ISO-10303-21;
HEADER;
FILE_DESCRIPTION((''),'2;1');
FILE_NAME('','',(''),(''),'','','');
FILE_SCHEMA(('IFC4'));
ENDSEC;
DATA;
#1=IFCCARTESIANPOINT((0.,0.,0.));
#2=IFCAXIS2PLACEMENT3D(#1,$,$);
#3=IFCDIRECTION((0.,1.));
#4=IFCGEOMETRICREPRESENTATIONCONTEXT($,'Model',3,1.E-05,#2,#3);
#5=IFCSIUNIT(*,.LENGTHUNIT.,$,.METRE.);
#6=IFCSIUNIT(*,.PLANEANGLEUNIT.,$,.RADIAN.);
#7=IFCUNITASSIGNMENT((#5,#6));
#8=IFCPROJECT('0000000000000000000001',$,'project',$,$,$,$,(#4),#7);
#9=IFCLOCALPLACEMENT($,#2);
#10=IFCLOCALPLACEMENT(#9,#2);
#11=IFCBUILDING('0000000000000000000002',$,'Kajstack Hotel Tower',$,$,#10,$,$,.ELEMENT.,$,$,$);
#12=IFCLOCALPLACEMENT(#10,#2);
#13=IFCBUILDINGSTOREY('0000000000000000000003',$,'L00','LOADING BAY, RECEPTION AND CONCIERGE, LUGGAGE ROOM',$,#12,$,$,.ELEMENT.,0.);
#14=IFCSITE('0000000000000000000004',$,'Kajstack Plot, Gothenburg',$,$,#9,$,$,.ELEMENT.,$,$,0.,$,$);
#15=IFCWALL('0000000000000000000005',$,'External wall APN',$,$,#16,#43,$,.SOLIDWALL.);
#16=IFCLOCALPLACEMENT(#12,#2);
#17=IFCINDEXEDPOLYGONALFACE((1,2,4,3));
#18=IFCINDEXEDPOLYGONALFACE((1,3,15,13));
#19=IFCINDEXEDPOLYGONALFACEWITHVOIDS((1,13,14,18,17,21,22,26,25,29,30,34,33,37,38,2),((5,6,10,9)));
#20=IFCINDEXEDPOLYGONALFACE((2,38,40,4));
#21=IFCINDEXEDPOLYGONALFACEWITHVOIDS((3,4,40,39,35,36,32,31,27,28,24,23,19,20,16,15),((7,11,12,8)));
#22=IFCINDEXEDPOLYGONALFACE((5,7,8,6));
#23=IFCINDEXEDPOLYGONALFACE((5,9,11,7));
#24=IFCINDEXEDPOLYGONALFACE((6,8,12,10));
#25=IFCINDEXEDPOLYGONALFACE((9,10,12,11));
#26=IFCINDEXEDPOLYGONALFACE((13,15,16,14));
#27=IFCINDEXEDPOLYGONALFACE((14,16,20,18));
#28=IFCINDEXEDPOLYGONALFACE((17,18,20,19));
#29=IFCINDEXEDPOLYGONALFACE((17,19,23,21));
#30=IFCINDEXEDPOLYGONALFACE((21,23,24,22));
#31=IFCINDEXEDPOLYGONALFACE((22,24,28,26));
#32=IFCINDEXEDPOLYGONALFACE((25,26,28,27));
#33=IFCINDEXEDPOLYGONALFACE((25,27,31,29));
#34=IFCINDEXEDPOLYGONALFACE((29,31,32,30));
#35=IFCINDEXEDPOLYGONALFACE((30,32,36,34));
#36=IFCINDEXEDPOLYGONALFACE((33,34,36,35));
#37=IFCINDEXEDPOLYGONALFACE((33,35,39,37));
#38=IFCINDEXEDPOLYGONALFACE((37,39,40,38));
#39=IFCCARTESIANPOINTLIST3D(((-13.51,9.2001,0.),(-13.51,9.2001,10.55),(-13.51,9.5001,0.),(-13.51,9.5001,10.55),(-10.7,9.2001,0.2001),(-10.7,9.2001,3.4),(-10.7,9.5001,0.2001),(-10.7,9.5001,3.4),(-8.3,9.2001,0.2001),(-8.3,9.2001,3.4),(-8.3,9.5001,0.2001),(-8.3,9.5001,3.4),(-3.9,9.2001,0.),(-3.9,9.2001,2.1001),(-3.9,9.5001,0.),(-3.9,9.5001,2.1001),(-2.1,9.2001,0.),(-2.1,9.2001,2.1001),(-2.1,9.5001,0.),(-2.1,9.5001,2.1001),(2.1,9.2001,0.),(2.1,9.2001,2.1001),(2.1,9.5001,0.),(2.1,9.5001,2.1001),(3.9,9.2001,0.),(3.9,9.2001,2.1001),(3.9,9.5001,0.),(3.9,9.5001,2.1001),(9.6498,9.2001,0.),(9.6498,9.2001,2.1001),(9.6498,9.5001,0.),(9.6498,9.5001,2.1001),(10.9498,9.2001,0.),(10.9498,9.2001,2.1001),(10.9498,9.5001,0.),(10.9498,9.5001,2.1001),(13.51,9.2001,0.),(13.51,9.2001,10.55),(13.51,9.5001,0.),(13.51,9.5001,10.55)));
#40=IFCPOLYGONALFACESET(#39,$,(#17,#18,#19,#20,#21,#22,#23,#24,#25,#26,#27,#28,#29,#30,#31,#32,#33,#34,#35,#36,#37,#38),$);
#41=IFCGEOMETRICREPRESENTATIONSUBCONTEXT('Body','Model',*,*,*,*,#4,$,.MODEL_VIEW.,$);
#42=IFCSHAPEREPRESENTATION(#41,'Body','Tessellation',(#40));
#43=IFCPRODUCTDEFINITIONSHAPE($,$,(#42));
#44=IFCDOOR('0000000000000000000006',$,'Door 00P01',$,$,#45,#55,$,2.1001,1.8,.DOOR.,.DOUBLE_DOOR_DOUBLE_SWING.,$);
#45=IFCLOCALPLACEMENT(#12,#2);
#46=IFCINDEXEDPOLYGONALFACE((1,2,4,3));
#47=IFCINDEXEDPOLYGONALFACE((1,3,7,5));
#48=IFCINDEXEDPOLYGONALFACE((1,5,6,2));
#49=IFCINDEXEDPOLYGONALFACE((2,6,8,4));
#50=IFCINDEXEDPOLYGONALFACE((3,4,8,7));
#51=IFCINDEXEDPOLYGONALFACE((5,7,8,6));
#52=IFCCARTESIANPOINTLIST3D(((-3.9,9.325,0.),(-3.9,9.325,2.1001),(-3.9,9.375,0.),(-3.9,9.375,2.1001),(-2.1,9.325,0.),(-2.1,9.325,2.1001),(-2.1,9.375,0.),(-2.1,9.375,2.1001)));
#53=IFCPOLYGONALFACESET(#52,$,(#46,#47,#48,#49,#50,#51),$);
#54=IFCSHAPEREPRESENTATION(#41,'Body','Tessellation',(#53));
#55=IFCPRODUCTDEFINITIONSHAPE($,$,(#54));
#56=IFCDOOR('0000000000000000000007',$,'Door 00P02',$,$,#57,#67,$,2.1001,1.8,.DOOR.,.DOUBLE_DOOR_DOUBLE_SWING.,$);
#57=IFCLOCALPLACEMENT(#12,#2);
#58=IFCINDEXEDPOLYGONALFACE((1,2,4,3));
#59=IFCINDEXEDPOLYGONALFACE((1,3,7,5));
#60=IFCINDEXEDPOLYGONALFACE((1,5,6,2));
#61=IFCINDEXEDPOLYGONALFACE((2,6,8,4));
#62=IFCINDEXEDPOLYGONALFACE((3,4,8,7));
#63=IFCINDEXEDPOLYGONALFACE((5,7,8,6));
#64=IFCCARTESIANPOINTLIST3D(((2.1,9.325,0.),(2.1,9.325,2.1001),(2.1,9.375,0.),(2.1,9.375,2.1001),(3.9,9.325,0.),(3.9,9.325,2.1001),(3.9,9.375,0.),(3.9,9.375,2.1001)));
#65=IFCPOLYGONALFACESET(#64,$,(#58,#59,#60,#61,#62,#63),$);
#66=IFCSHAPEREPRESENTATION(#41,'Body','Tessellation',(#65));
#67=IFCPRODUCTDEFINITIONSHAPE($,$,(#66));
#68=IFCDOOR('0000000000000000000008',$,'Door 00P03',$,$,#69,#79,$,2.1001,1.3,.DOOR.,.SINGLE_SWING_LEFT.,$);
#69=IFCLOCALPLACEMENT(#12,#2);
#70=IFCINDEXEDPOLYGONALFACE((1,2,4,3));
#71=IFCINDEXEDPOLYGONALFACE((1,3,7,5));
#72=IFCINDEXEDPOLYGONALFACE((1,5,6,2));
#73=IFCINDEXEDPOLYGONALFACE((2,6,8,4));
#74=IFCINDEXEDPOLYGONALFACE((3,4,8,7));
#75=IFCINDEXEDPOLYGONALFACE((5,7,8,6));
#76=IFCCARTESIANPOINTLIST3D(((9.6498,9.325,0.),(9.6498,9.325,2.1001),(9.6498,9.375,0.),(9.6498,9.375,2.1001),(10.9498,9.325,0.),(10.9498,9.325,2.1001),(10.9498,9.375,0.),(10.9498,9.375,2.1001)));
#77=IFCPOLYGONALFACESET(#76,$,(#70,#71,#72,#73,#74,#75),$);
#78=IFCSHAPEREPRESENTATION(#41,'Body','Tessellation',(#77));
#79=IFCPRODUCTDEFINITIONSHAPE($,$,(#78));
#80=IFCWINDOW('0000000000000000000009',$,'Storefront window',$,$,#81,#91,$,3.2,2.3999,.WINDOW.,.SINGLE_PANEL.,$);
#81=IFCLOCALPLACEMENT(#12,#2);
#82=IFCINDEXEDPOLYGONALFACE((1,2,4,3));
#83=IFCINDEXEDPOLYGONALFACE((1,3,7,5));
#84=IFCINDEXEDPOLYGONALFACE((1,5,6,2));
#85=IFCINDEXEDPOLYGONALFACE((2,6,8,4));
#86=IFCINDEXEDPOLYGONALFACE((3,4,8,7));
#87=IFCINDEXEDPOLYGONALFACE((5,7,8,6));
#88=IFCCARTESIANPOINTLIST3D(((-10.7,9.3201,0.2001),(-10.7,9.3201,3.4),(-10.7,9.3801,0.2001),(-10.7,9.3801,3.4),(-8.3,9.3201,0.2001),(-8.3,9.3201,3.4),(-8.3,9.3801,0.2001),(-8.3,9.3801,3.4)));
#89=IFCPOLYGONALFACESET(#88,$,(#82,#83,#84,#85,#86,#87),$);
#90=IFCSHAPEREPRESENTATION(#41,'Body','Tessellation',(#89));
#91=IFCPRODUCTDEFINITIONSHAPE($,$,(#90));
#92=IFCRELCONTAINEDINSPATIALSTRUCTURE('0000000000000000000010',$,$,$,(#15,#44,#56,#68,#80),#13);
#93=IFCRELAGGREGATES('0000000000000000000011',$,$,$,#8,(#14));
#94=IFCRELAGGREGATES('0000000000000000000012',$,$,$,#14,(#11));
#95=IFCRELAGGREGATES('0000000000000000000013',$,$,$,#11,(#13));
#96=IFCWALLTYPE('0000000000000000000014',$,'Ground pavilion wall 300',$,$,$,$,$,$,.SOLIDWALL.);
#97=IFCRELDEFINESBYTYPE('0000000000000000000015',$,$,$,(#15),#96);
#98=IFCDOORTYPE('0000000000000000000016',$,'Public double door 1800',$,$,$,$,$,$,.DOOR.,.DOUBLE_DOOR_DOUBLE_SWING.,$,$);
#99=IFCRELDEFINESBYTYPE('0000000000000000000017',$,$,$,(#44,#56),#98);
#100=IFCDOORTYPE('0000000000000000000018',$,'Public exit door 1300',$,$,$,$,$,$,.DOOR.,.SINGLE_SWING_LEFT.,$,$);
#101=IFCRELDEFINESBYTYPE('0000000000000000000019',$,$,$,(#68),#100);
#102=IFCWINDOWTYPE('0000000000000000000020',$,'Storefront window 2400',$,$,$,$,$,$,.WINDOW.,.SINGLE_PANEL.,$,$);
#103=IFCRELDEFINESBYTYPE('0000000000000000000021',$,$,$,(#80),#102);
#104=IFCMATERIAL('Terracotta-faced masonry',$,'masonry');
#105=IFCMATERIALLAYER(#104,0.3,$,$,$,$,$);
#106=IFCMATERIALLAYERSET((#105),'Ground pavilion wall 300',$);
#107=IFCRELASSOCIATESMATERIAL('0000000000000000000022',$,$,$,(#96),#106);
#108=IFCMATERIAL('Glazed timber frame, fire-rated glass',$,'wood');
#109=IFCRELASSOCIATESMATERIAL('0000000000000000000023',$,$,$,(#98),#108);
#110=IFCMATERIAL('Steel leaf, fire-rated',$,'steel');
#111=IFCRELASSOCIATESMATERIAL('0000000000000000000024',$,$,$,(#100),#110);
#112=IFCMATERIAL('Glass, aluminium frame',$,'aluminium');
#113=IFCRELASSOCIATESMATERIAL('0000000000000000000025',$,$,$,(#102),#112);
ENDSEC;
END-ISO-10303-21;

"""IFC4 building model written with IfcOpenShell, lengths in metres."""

from ifc_helpers import new_model, si_unit, direction, frame, frame_2d, origin, place, context, subcontext, project, spatial, rectangle, extrude, material, layer, layer_set, type_object, element, fill, save


model = new_model("IFC4")

# Units and contexts
model_context = context("Model", 3, precision=1e-05, world=origin(), true_north=direction((0.0, 1.0)))
body_context = subcontext(model_context, "Body", "Model", "MODEL_VIEW")
ifc_project = project(units=[si_unit("LENGTHUNIT", "METRE"), si_unit("PLANEANGLEUNIT", "RADIAN")], contexts=[model_context])

# Site, building, storey
site_placement = place(None, origin())
site = spatial("IfcSite", under=ifc_project, at=site_placement, Name="Kajstack Plot, Gothenburg", CompositionType="ELEMENT", RefElevation=0.0)
building_placement = place(site_placement, origin())
building = spatial("IfcBuilding", under=site, at=building_placement, Name="Kajstack Hotel Tower", CompositionType="ELEMENT")
storey_placement = place(building_placement, origin())
storey = spatial("IfcBuildingStorey", under=building, at=storey_placement, Name="L00", Description="LOADING BAY, RECEPTION AND CONCIERGE, LUGGAGE ROOM", CompositionType="ELEMENT", Elevation=0.0)

# Wall, openings, doors, window
ifc_material_1 = material(Name="Terracotta-faced masonry", Category="masonry")
ifc_layer_1 = layer(ifc_material_1, 0.3)
ifc_layer_set_1 = layer_set([ifc_layer_1], Name="Ground pavilion wall 300")
wall_type = type_object("IfcWallType", Name="Ground pavilion wall 300", PredefinedType="SOLIDWALL", material=ifc_layer_set_1)
wall_placement = place(storey_placement, frame((-13.51, 9.3501, 0.0), z_axis=(0.0, 0.0, 1.0), x_axis=(1.0, 0.0, 0.0)))
wall = element("IfcWall", 1, at=wall_placement, inside=storey, type_object=wall_type, Name="External wall APN", PredefinedType="SOLIDWALL", context=body_context, shape_type="SweptSolid", body=[
    extrude(rectangle(XDim=27.02, YDim=0.3, at=frame_2d((13.51, 0.0))), origin(), (0.0, 0.0, 1.0), 10.55),
])
opening_1_placement = place(wall_placement, frame((9.6101, 0.0, 0.0)))
opening_1 = element("IfcOpeningElement", 2, at=opening_1_placement, cuts=wall, PredefinedType="OPENING", context=body_context, shape_type="SweptSolid", body=[
    extrude(rectangle(XDim=1.8, YDim=2.1001, at=frame_2d((0.8999, 1.05))), frame((0.0, 0.1599, 0.0), z_axis=(0.0, -1.0, 0.0), x_axis=(1.0, 0.0, 0.0)), (0.0, 0.0, 1.0), 0.3201),
])
opening_2_placement = place(wall_placement, frame((15.6101, 0.0, 0.0)))
opening_2 = element("IfcOpeningElement", 3, at=opening_2_placement, cuts=wall, PredefinedType="OPENING", context=body_context, shape_type="SweptSolid", body=[
    extrude(rectangle(XDim=1.8, YDim=2.1001, at=frame_2d((0.8999, 1.05))), frame((0.0, 0.1599, 0.0), z_axis=(0.0, -1.0, 0.0), x_axis=(1.0, 0.0, 0.0)), (0.0, 0.0, 1.0), 0.3201),
])
opening_3_placement = place(wall_placement, frame((23.1599, 0.0, 0.0)))
opening_3 = element("IfcOpeningElement", 4, at=opening_3_placement, cuts=wall, PredefinedType="OPENING", context=body_context, shape_type="SweptSolid", body=[
    extrude(rectangle(XDim=1.3, YDim=2.1001, at=frame_2d((0.6499, 1.05))), frame((0.0, 0.1599, 0.0), z_axis=(0.0, -1.0, 0.0), x_axis=(1.0, 0.0, 0.0)), (0.0, 0.0, 1.0), 0.3201),
])
opening_4_placement = place(wall_placement, frame((2.8101, 0.0, 0.2)))
opening_4 = element("IfcOpeningElement", 5, at=opening_4_placement, cuts=wall, PredefinedType="OPENING", context=body_context, shape_type="SweptSolid", body=[
    extrude(rectangle(XDim=2.3999, YDim=3.2, at=frame_2d((1.2, 1.6001))), frame((0.0, 0.1599, 0.0), z_axis=(0.0, -1.0, 0.0), x_axis=(1.0, 0.0, 0.0)), (0.0, 0.0, 1.0), 0.3201),
])
ifc_material_2 = material(Name="Glazed timber frame, fire-rated glass", Category="wood")
door_type_1 = type_object("IfcDoorType", Name="Public double door 1800", OperationType="DOUBLE_DOOR_DOUBLE_SWING", PredefinedType="DOOR", material=ifc_material_2)
door_1_placement = place(opening_1_placement, origin())
door_1 = element("IfcDoor", 6, at=door_1_placement, inside=storey, type_object=door_type_1, Name="Door 00P01", OperationType="DOUBLE_DOOR_DOUBLE_SWING", OverallHeight=2.1001, OverallWidth=1.8, PredefinedType="DOOR", context=body_context, shape_type="SweptSolid", body=[
    extrude(rectangle(XDim=1.8, YDim=2.1001, at=frame_2d((0.8999, 1.05))), frame((0.0, 0.0249, 0.0), z_axis=(0.0, -1.0, 0.0), x_axis=(1.0, 0.0, 0.0)), (0.0, 0.0, 1.0), 0.05),
])
fill(opening_1, door_1)
door_2_placement = place(opening_2_placement, origin())
door_2 = element("IfcDoor", 7, at=door_2_placement, inside=storey, type_object=door_type_1, Name="Door 00P02", OperationType="DOUBLE_DOOR_DOUBLE_SWING", OverallHeight=2.1001, OverallWidth=1.8, PredefinedType="DOOR", context=body_context, shape_type="SweptSolid", body=[
    extrude(rectangle(XDim=1.8, YDim=2.1001, at=frame_2d((0.8999, 1.05))), frame((0.0, 0.0249, 0.0), z_axis=(0.0, -1.0, 0.0), x_axis=(1.0, 0.0, 0.0)), (0.0, 0.0, 1.0), 0.05),
])
fill(opening_2, door_2)
ifc_material_3 = material(Name="Steel leaf, fire-rated", Category="steel")
door_type_2 = type_object("IfcDoorType", Name="Public exit door 1300", OperationType="SINGLE_SWING_LEFT", PredefinedType="DOOR", material=ifc_material_3)
door_3_placement = place(opening_3_placement, origin())
door_3 = element("IfcDoor", 8, at=door_3_placement, inside=storey, type_object=door_type_2, Name="Door 00P03", OperationType="SINGLE_SWING_LEFT", OverallHeight=2.1001, OverallWidth=1.3, PredefinedType="DOOR", context=body_context, shape_type="SweptSolid", body=[
    extrude(rectangle(XDim=1.3, YDim=2.1001, at=frame_2d((0.6499, 1.05))), frame((0.0, 0.0249, 0.0), z_axis=(0.0, -1.0, 0.0), x_axis=(1.0, 0.0, 0.0)), (0.0, 0.0, 1.0), 0.05),
])
fill(opening_3, door_3)
ifc_material_4 = material(Name="Glass, aluminium frame", Category="aluminium")
window_type = type_object("IfcWindowType", Name="Storefront window 2400", PartitioningType="SINGLE_PANEL", PredefinedType="WINDOW", material=ifc_material_4)
window_placement = place(opening_4_placement, origin())
window = element("IfcWindow", 9, at=window_placement, inside=storey, type_object=window_type, Name="Storefront window", OverallHeight=3.2, OverallWidth=2.3999, PartitioningType="SINGLE_PANEL", PredefinedType="WINDOW", context=body_context, shape_type="SweptSolid", body=[
    extrude(rectangle(XDim=2.3999, YDim=3.2, at=frame_2d((1.2, 1.6001))), frame((0.0, 0.03, 0.0), z_axis=(0.0, -1.0, 0.0), x_axis=(1.0, 0.0, 0.0)), (0.0, 0.0, 1.0), 0.0601),
])
fill(opening_4, window)

save(model, "model.ifc")
